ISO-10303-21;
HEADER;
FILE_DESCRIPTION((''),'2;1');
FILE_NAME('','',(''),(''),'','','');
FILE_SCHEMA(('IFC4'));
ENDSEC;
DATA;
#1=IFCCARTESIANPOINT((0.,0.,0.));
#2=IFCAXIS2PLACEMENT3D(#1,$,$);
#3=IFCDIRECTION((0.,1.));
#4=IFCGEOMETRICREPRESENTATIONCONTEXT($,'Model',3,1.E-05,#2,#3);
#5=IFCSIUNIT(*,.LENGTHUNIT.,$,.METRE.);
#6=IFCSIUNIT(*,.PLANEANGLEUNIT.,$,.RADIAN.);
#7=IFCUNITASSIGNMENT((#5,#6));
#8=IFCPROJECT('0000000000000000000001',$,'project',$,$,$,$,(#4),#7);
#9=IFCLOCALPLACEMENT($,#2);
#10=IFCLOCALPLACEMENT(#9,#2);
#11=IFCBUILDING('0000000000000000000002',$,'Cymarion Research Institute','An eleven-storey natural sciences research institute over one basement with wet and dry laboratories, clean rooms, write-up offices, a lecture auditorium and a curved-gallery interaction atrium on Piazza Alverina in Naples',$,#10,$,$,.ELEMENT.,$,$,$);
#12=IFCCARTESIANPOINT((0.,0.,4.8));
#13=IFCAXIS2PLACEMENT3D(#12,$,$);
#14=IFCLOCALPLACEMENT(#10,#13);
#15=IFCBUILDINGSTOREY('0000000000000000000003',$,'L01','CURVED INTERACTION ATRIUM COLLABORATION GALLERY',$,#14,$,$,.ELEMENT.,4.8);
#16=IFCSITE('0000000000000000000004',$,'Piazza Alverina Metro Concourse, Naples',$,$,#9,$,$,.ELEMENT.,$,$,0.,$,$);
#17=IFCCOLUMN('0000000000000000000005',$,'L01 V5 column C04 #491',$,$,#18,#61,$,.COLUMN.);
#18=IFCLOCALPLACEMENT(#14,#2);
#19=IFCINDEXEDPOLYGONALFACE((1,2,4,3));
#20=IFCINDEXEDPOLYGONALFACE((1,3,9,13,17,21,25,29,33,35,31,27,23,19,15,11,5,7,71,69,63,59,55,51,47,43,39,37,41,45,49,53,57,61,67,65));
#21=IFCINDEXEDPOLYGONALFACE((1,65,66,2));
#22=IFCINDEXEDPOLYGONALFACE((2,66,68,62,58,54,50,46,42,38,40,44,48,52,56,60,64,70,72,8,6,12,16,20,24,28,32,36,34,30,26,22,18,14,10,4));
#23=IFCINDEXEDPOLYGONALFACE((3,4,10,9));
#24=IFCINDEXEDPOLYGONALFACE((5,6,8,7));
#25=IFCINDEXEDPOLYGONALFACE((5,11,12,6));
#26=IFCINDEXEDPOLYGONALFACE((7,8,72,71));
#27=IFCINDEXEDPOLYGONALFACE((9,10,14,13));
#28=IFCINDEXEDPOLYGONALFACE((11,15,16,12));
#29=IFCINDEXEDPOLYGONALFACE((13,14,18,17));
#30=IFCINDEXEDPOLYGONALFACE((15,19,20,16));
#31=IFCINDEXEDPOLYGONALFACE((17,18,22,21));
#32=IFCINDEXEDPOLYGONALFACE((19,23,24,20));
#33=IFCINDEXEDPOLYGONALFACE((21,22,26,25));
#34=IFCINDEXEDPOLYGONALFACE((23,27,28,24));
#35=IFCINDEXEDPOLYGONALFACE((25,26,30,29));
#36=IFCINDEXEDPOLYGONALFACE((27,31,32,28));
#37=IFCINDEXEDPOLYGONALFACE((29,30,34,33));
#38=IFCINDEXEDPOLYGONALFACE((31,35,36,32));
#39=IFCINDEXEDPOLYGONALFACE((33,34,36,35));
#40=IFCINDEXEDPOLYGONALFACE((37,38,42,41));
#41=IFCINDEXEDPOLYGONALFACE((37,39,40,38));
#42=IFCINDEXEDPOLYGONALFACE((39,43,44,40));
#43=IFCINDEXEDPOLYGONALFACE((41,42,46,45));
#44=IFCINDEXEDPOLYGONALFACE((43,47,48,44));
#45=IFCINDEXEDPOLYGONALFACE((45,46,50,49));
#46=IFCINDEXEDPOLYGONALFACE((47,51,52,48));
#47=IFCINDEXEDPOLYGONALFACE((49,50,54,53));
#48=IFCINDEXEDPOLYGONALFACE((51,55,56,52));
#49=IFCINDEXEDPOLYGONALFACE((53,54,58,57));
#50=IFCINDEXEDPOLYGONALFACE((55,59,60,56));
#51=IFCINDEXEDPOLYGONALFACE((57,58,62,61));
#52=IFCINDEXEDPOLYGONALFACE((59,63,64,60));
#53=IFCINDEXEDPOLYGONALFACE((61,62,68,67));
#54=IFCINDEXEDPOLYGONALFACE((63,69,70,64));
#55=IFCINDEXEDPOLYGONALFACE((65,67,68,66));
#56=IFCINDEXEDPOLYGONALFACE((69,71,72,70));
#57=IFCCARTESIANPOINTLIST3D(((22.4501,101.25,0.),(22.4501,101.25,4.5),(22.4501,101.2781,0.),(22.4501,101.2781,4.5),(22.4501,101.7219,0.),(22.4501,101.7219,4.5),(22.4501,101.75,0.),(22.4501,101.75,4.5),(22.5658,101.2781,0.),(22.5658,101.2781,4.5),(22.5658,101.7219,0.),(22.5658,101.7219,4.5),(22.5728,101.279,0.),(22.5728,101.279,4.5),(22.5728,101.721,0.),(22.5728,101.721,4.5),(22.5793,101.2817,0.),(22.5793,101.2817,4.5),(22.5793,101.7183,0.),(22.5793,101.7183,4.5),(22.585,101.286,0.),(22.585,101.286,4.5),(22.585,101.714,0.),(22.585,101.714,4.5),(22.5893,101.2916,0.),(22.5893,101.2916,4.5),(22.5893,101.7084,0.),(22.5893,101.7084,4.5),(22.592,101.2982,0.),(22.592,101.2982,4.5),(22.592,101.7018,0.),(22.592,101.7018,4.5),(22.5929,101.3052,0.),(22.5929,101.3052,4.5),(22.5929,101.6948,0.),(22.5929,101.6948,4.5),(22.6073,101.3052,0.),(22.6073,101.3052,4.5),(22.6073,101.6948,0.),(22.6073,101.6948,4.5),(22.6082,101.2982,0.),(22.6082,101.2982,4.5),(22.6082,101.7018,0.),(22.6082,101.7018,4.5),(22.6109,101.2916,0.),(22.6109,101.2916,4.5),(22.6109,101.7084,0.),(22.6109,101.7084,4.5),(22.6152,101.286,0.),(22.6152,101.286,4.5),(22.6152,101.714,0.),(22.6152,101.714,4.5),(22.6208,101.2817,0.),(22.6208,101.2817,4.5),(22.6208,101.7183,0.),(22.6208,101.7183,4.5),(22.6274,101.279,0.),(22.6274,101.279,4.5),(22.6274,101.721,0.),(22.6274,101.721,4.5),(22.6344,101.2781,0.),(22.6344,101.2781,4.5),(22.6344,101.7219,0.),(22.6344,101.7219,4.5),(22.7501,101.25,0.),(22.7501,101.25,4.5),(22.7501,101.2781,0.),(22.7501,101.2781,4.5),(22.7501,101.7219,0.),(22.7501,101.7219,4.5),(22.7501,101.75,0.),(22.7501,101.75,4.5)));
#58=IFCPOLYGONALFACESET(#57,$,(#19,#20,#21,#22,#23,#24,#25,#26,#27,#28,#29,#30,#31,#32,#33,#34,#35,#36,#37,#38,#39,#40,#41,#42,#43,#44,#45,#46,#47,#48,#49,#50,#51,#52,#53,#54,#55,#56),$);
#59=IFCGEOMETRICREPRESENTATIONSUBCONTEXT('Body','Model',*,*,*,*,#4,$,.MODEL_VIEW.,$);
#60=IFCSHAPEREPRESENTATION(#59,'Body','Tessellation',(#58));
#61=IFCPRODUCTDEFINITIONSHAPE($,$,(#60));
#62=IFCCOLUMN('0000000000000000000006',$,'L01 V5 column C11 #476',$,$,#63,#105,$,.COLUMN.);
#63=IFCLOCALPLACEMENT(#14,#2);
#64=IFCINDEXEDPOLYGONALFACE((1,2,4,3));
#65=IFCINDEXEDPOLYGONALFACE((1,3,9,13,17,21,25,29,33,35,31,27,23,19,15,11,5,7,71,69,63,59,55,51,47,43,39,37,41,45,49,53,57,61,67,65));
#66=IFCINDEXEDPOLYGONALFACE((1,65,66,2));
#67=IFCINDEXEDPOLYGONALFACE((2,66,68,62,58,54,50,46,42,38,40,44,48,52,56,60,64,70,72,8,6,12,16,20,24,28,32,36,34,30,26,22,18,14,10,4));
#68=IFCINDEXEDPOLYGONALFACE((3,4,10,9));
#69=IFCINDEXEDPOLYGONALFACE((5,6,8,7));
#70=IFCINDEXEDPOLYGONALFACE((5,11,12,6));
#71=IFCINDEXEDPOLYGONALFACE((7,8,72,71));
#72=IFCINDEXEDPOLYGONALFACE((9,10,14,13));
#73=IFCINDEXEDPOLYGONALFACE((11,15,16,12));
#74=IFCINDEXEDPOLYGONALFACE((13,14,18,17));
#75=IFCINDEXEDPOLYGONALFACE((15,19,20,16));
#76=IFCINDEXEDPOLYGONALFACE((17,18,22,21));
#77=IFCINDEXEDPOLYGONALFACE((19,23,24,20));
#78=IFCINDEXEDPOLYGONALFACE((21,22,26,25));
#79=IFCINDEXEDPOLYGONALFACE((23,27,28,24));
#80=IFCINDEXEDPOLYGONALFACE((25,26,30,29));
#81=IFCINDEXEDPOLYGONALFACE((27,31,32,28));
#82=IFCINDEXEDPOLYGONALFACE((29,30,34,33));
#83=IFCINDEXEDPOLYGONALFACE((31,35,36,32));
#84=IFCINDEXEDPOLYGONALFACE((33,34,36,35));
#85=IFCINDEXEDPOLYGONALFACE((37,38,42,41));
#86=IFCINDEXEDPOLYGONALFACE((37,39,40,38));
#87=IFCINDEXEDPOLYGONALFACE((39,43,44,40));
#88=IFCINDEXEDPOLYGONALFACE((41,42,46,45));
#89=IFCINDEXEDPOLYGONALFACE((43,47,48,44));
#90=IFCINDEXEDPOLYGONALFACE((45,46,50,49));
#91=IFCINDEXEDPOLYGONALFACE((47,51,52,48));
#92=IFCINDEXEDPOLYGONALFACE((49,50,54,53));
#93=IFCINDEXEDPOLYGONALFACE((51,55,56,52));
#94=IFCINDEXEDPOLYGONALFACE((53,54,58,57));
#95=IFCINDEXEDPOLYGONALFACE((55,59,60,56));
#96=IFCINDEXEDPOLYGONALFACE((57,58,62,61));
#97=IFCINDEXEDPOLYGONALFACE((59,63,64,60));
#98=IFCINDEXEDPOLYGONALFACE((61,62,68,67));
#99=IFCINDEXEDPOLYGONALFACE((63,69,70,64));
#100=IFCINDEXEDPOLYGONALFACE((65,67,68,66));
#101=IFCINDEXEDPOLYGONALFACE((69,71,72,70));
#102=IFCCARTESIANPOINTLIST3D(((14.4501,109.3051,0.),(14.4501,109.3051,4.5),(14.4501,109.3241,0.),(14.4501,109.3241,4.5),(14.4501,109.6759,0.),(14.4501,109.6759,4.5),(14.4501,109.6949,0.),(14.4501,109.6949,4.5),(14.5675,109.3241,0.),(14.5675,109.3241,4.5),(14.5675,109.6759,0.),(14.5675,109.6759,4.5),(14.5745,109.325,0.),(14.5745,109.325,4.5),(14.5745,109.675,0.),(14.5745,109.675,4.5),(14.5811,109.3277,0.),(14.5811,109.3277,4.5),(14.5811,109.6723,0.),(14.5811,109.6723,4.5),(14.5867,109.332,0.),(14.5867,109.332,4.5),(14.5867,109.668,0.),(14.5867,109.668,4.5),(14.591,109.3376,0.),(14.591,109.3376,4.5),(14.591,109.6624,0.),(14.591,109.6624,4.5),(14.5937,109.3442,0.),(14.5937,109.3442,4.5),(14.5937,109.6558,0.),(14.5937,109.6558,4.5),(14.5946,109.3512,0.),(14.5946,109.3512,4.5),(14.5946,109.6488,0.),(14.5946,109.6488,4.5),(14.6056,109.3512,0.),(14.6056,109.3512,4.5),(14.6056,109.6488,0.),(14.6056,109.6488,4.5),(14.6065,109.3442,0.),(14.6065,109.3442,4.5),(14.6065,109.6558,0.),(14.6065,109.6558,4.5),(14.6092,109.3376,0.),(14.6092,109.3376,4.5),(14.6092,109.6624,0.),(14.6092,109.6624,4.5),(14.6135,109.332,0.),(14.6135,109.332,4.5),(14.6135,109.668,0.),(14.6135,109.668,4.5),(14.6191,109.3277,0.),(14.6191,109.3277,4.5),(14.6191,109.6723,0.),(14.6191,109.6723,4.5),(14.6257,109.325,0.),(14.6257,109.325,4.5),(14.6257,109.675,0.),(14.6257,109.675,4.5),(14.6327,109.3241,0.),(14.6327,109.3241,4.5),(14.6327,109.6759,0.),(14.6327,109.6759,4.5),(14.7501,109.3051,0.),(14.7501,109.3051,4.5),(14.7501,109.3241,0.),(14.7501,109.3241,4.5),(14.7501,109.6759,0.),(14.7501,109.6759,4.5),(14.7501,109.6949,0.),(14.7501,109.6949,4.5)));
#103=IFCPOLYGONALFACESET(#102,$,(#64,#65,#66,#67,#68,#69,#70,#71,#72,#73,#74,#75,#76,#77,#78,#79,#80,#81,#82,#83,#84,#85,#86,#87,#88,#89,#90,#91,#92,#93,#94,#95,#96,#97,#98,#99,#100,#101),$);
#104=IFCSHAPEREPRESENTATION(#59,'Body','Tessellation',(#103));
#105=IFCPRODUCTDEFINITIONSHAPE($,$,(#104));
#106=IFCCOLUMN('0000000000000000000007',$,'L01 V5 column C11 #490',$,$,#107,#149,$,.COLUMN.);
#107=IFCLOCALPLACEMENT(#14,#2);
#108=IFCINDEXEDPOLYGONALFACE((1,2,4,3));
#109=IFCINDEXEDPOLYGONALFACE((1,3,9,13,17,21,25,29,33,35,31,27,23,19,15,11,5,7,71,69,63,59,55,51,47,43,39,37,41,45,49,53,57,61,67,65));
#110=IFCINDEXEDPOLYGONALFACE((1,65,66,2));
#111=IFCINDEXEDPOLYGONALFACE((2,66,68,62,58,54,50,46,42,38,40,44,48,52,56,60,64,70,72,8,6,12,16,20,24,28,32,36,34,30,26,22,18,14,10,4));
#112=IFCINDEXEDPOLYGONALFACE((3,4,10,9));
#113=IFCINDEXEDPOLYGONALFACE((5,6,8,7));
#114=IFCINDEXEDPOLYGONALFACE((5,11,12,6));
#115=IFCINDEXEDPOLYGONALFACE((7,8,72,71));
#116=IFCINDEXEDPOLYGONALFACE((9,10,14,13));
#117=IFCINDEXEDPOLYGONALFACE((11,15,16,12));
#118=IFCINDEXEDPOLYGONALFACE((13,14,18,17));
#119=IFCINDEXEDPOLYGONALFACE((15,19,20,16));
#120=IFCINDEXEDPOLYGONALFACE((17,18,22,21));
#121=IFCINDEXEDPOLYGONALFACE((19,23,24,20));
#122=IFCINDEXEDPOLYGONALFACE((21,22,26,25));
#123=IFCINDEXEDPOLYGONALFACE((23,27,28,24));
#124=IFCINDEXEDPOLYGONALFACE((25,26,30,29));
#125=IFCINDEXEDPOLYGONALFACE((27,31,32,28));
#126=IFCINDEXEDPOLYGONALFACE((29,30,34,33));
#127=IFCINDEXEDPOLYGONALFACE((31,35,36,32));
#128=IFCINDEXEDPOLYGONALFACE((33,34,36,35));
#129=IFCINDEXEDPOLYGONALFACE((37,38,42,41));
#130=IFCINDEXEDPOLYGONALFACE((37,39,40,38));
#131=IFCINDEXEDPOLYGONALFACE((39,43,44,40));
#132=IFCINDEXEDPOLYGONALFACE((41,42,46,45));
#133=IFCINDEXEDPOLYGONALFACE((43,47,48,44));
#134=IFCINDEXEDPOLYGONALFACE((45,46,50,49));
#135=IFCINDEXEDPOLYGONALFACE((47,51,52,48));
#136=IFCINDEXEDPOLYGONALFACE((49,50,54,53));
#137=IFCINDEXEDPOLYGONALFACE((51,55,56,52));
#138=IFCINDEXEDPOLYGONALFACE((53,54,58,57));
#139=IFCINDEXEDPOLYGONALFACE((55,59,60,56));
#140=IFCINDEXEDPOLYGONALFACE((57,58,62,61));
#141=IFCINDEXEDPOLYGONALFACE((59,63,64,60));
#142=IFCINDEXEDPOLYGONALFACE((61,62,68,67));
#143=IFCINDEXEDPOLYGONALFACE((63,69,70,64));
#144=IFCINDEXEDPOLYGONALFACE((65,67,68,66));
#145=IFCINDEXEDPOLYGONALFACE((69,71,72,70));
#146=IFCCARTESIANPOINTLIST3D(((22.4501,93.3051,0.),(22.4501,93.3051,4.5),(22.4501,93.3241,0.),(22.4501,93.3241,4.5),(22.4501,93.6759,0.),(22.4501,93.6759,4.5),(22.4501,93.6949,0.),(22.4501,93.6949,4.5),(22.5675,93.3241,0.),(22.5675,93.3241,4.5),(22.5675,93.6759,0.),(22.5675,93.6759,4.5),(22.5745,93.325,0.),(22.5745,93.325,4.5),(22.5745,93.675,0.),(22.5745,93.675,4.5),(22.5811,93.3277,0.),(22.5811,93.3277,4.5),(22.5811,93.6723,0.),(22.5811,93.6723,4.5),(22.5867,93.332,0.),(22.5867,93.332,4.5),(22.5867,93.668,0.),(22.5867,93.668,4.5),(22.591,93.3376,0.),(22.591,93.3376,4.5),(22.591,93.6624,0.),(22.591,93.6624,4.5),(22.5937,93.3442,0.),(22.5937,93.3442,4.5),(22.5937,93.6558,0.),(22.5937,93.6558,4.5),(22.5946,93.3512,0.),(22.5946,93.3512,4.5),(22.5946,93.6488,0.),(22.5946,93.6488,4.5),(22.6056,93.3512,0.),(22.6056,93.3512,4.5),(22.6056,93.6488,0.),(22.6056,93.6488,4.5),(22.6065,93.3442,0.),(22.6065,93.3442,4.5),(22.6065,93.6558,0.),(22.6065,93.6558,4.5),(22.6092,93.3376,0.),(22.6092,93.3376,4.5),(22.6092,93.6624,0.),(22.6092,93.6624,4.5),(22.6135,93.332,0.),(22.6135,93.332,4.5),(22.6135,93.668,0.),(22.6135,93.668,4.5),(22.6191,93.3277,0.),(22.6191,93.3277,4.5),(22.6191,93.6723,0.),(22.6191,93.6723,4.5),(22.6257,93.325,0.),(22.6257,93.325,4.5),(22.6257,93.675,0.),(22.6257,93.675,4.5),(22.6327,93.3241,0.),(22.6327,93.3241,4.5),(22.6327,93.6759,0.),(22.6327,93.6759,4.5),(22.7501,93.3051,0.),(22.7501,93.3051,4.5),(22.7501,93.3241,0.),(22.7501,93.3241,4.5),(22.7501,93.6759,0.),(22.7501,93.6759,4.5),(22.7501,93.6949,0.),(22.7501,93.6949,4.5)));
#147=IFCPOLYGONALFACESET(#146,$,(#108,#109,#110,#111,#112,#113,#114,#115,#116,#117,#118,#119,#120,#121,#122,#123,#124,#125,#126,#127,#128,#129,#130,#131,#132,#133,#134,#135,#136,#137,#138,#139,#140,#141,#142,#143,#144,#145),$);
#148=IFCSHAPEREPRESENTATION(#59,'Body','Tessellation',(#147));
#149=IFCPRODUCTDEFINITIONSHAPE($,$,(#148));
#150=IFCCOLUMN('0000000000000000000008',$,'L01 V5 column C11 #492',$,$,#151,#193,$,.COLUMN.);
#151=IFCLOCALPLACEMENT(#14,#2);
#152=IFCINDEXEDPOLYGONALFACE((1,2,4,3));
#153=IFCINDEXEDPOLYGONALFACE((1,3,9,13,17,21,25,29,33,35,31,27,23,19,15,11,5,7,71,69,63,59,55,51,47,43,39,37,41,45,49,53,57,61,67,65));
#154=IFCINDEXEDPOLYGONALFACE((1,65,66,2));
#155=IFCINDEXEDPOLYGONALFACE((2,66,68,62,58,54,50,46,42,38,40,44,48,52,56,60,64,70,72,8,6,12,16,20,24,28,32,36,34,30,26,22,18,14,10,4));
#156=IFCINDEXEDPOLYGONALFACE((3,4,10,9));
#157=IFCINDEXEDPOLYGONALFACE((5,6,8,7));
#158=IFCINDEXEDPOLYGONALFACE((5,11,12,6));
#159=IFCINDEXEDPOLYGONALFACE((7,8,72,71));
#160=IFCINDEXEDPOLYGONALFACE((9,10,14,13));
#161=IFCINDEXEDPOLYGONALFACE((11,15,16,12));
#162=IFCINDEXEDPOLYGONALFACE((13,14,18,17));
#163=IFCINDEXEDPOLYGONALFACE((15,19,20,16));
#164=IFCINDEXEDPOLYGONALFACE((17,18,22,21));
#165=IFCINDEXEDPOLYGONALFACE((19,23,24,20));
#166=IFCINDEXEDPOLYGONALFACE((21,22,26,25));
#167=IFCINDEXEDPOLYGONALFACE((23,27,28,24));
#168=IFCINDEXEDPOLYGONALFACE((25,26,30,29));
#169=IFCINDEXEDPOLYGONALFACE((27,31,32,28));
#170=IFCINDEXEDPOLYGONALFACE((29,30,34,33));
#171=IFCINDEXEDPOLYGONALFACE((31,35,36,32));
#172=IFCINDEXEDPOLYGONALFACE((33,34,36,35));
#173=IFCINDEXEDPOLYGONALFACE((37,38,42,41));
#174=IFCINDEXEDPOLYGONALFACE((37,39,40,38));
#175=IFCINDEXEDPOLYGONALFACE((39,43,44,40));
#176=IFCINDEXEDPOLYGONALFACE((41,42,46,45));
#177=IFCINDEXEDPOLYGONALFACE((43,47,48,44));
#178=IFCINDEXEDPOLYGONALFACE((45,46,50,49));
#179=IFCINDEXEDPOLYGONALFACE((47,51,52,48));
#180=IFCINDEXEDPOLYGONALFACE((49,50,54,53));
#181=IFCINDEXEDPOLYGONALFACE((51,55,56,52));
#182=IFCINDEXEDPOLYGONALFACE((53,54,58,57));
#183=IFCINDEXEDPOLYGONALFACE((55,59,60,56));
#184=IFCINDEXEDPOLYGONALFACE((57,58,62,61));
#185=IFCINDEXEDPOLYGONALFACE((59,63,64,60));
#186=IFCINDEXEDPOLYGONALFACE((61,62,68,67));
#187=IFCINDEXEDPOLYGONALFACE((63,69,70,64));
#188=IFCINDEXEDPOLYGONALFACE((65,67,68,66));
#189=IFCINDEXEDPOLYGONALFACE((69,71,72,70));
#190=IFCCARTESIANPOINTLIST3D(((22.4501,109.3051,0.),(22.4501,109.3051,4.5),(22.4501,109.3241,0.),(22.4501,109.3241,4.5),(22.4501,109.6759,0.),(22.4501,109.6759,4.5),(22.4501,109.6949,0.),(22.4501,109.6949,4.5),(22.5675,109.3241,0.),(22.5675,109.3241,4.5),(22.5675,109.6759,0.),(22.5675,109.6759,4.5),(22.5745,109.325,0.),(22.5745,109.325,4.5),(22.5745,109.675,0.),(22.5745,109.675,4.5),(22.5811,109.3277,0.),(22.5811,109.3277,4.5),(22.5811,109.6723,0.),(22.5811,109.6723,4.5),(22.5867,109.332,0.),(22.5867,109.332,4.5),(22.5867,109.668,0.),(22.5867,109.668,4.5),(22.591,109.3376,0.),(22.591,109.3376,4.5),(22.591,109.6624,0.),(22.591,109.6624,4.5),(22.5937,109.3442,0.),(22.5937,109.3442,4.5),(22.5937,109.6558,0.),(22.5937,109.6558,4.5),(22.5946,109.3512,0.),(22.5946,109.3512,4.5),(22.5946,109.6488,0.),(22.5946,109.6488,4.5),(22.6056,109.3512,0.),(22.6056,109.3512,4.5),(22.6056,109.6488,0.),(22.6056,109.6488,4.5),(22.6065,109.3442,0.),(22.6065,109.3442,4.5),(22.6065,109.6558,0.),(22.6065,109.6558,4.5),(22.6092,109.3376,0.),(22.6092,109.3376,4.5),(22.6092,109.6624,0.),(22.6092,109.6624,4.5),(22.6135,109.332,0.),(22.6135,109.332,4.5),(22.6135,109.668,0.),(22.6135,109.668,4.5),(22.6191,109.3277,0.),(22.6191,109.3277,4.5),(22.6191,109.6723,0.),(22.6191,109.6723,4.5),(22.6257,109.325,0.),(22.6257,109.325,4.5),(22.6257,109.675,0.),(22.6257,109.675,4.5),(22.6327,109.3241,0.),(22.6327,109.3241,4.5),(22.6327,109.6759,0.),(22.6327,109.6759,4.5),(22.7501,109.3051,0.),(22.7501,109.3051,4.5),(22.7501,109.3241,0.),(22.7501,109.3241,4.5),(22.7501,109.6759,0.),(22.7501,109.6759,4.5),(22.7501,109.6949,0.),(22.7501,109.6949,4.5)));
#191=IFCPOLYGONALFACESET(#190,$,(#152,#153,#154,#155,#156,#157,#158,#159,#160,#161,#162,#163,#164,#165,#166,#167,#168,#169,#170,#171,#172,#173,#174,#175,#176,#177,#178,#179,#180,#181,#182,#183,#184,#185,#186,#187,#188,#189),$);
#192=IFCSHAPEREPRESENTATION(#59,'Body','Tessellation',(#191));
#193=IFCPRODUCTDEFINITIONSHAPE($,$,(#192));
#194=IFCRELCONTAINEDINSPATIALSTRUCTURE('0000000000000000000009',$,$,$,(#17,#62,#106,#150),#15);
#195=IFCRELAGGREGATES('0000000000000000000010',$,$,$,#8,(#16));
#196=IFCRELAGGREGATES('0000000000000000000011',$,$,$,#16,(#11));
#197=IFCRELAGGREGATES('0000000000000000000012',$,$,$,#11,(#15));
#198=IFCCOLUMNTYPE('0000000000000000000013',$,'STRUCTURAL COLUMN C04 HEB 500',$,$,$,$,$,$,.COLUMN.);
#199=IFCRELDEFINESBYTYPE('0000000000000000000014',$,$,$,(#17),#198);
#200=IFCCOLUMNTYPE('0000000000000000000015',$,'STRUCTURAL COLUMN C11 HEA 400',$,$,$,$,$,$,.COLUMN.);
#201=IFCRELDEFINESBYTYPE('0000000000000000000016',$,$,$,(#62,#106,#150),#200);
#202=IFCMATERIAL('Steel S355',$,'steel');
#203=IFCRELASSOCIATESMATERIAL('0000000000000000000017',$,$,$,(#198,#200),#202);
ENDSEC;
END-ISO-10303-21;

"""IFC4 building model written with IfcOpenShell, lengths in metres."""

from ifc_helpers import new_model, si_unit, direction, frame, origin, origin_2d, place, context, subcontext, project, spatial, i_section, extrude, material, material_profile, profile_set, type_object, element, save


model = new_model("IFC4")

# Units and contexts
model_context = context("Model", 3, precision=1e-05, world=origin(), true_north=direction((0.0, 1.0)))
body_context = subcontext(model_context, "Body", "Model", "MODEL_VIEW")
ifc_project = project(units=[si_unit("LENGTHUNIT", "METRE"), si_unit("PLANEANGLEUNIT", "RADIAN")], contexts=[model_context])

# Site, building, storey
site_placement = place(None, origin())
site = spatial("IfcSite", under=ifc_project, at=site_placement, Name="Piazza Alverina Metro Concourse, Naples", CompositionType="ELEMENT", RefElevation=0.0)
building_placement = place(site_placement, origin())
building = spatial("IfcBuilding", under=site, at=building_placement, Name="Cymarion Research Institute", Description="An eleven-storey natural sciences research institute over one basement with wet and dry laboratories, clean rooms, write-up offices, a lecture auditorium and a curved-gallery interaction atrium on Piazza Alverina in Naples", CompositionType="ELEMENT")
storey_placement = place(building_placement, frame((0.0, 0.0, 4.8)))
storey = spatial("IfcBuildingStorey", under=building, at=storey_placement, Name="L01", Description="CURVED INTERACTION ATRIUM COLLABORATION GALLERY", CompositionType="ELEMENT", Elevation=4.8)

# Columns
ifc_material_1 = material(Name="Steel S355", Category="steel")
ifc_material_profile_1 = material_profile(ifc_material_1, i_section(OverallWidth=0.3, OverallDepth=0.5, WebThickness=0.0144, FlangeThickness=0.0281, FilletRadius=0.0271, at=origin_2d()), Name="HEB 500")
ifc_profile_set_1 = profile_set([ifc_material_profile_1], Name="Steel S355")
column_type_1 = type_object("IfcColumnType", Name="STRUCTURAL COLUMN C04 HEB 500", PredefinedType="COLUMN", material=ifc_profile_set_1)
column_placement = place(storey_placement, frame((22.6001, 101.5, 0.0), z_axis=(0.0, 0.0, 1.0), x_axis=(1.0, 0.0, 0.0)))
element("IfcColumn", 1, at=column_placement, inside=storey, type_object=column_type_1, Name="L01 V5 column C04 #491", PredefinedType="COLUMN", context=body_context, shape_type="SweptSolid", body=[
    extrude(i_section(OverallWidth=0.3, OverallDepth=0.5, WebThickness=0.0144, FlangeThickness=0.0281, FilletRadius=0.0271, at=origin_2d()), origin(), (0.0, 0.0, 1.0), 4.5),
])
ifc_material_profile_2 = material_profile(ifc_material_1, i_section(OverallWidth=0.3, OverallDepth=0.3899, WebThickness=0.011, FlangeThickness=0.019, FilletRadius=0.0271, at=origin_2d()), Name="HEA 400")
ifc_profile_set_2 = profile_set([ifc_material_profile_2], Name="Steel S355")
column_type_2 = type_object("IfcColumnType", Name="STRUCTURAL COLUMN C11 HEA 400", PredefinedType="COLUMN", material=ifc_profile_set_2)
for number, where, z_axis, x_axis, name in (
    (2, (14.6001, 109.5, 0.0), (0.0, 0.0, 1.0), (1.0, 0.0, 0.0), "L01 V5 column C11 #476"),
    (3, (22.6001, 93.5, 0.0), (0.0, 0.0, 1.0), (1.0, 0.0, 0.0), "L01 V5 column C11 #490"),
    (4, (22.6001, 109.5, 0.0), (0.0, 0.0, 1.0), (1.0, 0.0, 0.0), "L01 V5 column C11 #492"),
):
    element("IfcColumn", number, at=place(storey_placement, frame(where, z_axis=z_axis, x_axis=x_axis)), inside=storey, type_object=column_type_2, Name=name, PredefinedType="COLUMN", context=body_context, shape_type="SweptSolid", body=[
        extrude(i_section(OverallWidth=0.3, OverallDepth=0.3899, WebThickness=0.011, FlangeThickness=0.019, FilletRadius=0.0271, at=origin_2d()), origin(), (0.0, 0.0, 1.0), 4.5),
    ])

save(model, "model.ifc")
